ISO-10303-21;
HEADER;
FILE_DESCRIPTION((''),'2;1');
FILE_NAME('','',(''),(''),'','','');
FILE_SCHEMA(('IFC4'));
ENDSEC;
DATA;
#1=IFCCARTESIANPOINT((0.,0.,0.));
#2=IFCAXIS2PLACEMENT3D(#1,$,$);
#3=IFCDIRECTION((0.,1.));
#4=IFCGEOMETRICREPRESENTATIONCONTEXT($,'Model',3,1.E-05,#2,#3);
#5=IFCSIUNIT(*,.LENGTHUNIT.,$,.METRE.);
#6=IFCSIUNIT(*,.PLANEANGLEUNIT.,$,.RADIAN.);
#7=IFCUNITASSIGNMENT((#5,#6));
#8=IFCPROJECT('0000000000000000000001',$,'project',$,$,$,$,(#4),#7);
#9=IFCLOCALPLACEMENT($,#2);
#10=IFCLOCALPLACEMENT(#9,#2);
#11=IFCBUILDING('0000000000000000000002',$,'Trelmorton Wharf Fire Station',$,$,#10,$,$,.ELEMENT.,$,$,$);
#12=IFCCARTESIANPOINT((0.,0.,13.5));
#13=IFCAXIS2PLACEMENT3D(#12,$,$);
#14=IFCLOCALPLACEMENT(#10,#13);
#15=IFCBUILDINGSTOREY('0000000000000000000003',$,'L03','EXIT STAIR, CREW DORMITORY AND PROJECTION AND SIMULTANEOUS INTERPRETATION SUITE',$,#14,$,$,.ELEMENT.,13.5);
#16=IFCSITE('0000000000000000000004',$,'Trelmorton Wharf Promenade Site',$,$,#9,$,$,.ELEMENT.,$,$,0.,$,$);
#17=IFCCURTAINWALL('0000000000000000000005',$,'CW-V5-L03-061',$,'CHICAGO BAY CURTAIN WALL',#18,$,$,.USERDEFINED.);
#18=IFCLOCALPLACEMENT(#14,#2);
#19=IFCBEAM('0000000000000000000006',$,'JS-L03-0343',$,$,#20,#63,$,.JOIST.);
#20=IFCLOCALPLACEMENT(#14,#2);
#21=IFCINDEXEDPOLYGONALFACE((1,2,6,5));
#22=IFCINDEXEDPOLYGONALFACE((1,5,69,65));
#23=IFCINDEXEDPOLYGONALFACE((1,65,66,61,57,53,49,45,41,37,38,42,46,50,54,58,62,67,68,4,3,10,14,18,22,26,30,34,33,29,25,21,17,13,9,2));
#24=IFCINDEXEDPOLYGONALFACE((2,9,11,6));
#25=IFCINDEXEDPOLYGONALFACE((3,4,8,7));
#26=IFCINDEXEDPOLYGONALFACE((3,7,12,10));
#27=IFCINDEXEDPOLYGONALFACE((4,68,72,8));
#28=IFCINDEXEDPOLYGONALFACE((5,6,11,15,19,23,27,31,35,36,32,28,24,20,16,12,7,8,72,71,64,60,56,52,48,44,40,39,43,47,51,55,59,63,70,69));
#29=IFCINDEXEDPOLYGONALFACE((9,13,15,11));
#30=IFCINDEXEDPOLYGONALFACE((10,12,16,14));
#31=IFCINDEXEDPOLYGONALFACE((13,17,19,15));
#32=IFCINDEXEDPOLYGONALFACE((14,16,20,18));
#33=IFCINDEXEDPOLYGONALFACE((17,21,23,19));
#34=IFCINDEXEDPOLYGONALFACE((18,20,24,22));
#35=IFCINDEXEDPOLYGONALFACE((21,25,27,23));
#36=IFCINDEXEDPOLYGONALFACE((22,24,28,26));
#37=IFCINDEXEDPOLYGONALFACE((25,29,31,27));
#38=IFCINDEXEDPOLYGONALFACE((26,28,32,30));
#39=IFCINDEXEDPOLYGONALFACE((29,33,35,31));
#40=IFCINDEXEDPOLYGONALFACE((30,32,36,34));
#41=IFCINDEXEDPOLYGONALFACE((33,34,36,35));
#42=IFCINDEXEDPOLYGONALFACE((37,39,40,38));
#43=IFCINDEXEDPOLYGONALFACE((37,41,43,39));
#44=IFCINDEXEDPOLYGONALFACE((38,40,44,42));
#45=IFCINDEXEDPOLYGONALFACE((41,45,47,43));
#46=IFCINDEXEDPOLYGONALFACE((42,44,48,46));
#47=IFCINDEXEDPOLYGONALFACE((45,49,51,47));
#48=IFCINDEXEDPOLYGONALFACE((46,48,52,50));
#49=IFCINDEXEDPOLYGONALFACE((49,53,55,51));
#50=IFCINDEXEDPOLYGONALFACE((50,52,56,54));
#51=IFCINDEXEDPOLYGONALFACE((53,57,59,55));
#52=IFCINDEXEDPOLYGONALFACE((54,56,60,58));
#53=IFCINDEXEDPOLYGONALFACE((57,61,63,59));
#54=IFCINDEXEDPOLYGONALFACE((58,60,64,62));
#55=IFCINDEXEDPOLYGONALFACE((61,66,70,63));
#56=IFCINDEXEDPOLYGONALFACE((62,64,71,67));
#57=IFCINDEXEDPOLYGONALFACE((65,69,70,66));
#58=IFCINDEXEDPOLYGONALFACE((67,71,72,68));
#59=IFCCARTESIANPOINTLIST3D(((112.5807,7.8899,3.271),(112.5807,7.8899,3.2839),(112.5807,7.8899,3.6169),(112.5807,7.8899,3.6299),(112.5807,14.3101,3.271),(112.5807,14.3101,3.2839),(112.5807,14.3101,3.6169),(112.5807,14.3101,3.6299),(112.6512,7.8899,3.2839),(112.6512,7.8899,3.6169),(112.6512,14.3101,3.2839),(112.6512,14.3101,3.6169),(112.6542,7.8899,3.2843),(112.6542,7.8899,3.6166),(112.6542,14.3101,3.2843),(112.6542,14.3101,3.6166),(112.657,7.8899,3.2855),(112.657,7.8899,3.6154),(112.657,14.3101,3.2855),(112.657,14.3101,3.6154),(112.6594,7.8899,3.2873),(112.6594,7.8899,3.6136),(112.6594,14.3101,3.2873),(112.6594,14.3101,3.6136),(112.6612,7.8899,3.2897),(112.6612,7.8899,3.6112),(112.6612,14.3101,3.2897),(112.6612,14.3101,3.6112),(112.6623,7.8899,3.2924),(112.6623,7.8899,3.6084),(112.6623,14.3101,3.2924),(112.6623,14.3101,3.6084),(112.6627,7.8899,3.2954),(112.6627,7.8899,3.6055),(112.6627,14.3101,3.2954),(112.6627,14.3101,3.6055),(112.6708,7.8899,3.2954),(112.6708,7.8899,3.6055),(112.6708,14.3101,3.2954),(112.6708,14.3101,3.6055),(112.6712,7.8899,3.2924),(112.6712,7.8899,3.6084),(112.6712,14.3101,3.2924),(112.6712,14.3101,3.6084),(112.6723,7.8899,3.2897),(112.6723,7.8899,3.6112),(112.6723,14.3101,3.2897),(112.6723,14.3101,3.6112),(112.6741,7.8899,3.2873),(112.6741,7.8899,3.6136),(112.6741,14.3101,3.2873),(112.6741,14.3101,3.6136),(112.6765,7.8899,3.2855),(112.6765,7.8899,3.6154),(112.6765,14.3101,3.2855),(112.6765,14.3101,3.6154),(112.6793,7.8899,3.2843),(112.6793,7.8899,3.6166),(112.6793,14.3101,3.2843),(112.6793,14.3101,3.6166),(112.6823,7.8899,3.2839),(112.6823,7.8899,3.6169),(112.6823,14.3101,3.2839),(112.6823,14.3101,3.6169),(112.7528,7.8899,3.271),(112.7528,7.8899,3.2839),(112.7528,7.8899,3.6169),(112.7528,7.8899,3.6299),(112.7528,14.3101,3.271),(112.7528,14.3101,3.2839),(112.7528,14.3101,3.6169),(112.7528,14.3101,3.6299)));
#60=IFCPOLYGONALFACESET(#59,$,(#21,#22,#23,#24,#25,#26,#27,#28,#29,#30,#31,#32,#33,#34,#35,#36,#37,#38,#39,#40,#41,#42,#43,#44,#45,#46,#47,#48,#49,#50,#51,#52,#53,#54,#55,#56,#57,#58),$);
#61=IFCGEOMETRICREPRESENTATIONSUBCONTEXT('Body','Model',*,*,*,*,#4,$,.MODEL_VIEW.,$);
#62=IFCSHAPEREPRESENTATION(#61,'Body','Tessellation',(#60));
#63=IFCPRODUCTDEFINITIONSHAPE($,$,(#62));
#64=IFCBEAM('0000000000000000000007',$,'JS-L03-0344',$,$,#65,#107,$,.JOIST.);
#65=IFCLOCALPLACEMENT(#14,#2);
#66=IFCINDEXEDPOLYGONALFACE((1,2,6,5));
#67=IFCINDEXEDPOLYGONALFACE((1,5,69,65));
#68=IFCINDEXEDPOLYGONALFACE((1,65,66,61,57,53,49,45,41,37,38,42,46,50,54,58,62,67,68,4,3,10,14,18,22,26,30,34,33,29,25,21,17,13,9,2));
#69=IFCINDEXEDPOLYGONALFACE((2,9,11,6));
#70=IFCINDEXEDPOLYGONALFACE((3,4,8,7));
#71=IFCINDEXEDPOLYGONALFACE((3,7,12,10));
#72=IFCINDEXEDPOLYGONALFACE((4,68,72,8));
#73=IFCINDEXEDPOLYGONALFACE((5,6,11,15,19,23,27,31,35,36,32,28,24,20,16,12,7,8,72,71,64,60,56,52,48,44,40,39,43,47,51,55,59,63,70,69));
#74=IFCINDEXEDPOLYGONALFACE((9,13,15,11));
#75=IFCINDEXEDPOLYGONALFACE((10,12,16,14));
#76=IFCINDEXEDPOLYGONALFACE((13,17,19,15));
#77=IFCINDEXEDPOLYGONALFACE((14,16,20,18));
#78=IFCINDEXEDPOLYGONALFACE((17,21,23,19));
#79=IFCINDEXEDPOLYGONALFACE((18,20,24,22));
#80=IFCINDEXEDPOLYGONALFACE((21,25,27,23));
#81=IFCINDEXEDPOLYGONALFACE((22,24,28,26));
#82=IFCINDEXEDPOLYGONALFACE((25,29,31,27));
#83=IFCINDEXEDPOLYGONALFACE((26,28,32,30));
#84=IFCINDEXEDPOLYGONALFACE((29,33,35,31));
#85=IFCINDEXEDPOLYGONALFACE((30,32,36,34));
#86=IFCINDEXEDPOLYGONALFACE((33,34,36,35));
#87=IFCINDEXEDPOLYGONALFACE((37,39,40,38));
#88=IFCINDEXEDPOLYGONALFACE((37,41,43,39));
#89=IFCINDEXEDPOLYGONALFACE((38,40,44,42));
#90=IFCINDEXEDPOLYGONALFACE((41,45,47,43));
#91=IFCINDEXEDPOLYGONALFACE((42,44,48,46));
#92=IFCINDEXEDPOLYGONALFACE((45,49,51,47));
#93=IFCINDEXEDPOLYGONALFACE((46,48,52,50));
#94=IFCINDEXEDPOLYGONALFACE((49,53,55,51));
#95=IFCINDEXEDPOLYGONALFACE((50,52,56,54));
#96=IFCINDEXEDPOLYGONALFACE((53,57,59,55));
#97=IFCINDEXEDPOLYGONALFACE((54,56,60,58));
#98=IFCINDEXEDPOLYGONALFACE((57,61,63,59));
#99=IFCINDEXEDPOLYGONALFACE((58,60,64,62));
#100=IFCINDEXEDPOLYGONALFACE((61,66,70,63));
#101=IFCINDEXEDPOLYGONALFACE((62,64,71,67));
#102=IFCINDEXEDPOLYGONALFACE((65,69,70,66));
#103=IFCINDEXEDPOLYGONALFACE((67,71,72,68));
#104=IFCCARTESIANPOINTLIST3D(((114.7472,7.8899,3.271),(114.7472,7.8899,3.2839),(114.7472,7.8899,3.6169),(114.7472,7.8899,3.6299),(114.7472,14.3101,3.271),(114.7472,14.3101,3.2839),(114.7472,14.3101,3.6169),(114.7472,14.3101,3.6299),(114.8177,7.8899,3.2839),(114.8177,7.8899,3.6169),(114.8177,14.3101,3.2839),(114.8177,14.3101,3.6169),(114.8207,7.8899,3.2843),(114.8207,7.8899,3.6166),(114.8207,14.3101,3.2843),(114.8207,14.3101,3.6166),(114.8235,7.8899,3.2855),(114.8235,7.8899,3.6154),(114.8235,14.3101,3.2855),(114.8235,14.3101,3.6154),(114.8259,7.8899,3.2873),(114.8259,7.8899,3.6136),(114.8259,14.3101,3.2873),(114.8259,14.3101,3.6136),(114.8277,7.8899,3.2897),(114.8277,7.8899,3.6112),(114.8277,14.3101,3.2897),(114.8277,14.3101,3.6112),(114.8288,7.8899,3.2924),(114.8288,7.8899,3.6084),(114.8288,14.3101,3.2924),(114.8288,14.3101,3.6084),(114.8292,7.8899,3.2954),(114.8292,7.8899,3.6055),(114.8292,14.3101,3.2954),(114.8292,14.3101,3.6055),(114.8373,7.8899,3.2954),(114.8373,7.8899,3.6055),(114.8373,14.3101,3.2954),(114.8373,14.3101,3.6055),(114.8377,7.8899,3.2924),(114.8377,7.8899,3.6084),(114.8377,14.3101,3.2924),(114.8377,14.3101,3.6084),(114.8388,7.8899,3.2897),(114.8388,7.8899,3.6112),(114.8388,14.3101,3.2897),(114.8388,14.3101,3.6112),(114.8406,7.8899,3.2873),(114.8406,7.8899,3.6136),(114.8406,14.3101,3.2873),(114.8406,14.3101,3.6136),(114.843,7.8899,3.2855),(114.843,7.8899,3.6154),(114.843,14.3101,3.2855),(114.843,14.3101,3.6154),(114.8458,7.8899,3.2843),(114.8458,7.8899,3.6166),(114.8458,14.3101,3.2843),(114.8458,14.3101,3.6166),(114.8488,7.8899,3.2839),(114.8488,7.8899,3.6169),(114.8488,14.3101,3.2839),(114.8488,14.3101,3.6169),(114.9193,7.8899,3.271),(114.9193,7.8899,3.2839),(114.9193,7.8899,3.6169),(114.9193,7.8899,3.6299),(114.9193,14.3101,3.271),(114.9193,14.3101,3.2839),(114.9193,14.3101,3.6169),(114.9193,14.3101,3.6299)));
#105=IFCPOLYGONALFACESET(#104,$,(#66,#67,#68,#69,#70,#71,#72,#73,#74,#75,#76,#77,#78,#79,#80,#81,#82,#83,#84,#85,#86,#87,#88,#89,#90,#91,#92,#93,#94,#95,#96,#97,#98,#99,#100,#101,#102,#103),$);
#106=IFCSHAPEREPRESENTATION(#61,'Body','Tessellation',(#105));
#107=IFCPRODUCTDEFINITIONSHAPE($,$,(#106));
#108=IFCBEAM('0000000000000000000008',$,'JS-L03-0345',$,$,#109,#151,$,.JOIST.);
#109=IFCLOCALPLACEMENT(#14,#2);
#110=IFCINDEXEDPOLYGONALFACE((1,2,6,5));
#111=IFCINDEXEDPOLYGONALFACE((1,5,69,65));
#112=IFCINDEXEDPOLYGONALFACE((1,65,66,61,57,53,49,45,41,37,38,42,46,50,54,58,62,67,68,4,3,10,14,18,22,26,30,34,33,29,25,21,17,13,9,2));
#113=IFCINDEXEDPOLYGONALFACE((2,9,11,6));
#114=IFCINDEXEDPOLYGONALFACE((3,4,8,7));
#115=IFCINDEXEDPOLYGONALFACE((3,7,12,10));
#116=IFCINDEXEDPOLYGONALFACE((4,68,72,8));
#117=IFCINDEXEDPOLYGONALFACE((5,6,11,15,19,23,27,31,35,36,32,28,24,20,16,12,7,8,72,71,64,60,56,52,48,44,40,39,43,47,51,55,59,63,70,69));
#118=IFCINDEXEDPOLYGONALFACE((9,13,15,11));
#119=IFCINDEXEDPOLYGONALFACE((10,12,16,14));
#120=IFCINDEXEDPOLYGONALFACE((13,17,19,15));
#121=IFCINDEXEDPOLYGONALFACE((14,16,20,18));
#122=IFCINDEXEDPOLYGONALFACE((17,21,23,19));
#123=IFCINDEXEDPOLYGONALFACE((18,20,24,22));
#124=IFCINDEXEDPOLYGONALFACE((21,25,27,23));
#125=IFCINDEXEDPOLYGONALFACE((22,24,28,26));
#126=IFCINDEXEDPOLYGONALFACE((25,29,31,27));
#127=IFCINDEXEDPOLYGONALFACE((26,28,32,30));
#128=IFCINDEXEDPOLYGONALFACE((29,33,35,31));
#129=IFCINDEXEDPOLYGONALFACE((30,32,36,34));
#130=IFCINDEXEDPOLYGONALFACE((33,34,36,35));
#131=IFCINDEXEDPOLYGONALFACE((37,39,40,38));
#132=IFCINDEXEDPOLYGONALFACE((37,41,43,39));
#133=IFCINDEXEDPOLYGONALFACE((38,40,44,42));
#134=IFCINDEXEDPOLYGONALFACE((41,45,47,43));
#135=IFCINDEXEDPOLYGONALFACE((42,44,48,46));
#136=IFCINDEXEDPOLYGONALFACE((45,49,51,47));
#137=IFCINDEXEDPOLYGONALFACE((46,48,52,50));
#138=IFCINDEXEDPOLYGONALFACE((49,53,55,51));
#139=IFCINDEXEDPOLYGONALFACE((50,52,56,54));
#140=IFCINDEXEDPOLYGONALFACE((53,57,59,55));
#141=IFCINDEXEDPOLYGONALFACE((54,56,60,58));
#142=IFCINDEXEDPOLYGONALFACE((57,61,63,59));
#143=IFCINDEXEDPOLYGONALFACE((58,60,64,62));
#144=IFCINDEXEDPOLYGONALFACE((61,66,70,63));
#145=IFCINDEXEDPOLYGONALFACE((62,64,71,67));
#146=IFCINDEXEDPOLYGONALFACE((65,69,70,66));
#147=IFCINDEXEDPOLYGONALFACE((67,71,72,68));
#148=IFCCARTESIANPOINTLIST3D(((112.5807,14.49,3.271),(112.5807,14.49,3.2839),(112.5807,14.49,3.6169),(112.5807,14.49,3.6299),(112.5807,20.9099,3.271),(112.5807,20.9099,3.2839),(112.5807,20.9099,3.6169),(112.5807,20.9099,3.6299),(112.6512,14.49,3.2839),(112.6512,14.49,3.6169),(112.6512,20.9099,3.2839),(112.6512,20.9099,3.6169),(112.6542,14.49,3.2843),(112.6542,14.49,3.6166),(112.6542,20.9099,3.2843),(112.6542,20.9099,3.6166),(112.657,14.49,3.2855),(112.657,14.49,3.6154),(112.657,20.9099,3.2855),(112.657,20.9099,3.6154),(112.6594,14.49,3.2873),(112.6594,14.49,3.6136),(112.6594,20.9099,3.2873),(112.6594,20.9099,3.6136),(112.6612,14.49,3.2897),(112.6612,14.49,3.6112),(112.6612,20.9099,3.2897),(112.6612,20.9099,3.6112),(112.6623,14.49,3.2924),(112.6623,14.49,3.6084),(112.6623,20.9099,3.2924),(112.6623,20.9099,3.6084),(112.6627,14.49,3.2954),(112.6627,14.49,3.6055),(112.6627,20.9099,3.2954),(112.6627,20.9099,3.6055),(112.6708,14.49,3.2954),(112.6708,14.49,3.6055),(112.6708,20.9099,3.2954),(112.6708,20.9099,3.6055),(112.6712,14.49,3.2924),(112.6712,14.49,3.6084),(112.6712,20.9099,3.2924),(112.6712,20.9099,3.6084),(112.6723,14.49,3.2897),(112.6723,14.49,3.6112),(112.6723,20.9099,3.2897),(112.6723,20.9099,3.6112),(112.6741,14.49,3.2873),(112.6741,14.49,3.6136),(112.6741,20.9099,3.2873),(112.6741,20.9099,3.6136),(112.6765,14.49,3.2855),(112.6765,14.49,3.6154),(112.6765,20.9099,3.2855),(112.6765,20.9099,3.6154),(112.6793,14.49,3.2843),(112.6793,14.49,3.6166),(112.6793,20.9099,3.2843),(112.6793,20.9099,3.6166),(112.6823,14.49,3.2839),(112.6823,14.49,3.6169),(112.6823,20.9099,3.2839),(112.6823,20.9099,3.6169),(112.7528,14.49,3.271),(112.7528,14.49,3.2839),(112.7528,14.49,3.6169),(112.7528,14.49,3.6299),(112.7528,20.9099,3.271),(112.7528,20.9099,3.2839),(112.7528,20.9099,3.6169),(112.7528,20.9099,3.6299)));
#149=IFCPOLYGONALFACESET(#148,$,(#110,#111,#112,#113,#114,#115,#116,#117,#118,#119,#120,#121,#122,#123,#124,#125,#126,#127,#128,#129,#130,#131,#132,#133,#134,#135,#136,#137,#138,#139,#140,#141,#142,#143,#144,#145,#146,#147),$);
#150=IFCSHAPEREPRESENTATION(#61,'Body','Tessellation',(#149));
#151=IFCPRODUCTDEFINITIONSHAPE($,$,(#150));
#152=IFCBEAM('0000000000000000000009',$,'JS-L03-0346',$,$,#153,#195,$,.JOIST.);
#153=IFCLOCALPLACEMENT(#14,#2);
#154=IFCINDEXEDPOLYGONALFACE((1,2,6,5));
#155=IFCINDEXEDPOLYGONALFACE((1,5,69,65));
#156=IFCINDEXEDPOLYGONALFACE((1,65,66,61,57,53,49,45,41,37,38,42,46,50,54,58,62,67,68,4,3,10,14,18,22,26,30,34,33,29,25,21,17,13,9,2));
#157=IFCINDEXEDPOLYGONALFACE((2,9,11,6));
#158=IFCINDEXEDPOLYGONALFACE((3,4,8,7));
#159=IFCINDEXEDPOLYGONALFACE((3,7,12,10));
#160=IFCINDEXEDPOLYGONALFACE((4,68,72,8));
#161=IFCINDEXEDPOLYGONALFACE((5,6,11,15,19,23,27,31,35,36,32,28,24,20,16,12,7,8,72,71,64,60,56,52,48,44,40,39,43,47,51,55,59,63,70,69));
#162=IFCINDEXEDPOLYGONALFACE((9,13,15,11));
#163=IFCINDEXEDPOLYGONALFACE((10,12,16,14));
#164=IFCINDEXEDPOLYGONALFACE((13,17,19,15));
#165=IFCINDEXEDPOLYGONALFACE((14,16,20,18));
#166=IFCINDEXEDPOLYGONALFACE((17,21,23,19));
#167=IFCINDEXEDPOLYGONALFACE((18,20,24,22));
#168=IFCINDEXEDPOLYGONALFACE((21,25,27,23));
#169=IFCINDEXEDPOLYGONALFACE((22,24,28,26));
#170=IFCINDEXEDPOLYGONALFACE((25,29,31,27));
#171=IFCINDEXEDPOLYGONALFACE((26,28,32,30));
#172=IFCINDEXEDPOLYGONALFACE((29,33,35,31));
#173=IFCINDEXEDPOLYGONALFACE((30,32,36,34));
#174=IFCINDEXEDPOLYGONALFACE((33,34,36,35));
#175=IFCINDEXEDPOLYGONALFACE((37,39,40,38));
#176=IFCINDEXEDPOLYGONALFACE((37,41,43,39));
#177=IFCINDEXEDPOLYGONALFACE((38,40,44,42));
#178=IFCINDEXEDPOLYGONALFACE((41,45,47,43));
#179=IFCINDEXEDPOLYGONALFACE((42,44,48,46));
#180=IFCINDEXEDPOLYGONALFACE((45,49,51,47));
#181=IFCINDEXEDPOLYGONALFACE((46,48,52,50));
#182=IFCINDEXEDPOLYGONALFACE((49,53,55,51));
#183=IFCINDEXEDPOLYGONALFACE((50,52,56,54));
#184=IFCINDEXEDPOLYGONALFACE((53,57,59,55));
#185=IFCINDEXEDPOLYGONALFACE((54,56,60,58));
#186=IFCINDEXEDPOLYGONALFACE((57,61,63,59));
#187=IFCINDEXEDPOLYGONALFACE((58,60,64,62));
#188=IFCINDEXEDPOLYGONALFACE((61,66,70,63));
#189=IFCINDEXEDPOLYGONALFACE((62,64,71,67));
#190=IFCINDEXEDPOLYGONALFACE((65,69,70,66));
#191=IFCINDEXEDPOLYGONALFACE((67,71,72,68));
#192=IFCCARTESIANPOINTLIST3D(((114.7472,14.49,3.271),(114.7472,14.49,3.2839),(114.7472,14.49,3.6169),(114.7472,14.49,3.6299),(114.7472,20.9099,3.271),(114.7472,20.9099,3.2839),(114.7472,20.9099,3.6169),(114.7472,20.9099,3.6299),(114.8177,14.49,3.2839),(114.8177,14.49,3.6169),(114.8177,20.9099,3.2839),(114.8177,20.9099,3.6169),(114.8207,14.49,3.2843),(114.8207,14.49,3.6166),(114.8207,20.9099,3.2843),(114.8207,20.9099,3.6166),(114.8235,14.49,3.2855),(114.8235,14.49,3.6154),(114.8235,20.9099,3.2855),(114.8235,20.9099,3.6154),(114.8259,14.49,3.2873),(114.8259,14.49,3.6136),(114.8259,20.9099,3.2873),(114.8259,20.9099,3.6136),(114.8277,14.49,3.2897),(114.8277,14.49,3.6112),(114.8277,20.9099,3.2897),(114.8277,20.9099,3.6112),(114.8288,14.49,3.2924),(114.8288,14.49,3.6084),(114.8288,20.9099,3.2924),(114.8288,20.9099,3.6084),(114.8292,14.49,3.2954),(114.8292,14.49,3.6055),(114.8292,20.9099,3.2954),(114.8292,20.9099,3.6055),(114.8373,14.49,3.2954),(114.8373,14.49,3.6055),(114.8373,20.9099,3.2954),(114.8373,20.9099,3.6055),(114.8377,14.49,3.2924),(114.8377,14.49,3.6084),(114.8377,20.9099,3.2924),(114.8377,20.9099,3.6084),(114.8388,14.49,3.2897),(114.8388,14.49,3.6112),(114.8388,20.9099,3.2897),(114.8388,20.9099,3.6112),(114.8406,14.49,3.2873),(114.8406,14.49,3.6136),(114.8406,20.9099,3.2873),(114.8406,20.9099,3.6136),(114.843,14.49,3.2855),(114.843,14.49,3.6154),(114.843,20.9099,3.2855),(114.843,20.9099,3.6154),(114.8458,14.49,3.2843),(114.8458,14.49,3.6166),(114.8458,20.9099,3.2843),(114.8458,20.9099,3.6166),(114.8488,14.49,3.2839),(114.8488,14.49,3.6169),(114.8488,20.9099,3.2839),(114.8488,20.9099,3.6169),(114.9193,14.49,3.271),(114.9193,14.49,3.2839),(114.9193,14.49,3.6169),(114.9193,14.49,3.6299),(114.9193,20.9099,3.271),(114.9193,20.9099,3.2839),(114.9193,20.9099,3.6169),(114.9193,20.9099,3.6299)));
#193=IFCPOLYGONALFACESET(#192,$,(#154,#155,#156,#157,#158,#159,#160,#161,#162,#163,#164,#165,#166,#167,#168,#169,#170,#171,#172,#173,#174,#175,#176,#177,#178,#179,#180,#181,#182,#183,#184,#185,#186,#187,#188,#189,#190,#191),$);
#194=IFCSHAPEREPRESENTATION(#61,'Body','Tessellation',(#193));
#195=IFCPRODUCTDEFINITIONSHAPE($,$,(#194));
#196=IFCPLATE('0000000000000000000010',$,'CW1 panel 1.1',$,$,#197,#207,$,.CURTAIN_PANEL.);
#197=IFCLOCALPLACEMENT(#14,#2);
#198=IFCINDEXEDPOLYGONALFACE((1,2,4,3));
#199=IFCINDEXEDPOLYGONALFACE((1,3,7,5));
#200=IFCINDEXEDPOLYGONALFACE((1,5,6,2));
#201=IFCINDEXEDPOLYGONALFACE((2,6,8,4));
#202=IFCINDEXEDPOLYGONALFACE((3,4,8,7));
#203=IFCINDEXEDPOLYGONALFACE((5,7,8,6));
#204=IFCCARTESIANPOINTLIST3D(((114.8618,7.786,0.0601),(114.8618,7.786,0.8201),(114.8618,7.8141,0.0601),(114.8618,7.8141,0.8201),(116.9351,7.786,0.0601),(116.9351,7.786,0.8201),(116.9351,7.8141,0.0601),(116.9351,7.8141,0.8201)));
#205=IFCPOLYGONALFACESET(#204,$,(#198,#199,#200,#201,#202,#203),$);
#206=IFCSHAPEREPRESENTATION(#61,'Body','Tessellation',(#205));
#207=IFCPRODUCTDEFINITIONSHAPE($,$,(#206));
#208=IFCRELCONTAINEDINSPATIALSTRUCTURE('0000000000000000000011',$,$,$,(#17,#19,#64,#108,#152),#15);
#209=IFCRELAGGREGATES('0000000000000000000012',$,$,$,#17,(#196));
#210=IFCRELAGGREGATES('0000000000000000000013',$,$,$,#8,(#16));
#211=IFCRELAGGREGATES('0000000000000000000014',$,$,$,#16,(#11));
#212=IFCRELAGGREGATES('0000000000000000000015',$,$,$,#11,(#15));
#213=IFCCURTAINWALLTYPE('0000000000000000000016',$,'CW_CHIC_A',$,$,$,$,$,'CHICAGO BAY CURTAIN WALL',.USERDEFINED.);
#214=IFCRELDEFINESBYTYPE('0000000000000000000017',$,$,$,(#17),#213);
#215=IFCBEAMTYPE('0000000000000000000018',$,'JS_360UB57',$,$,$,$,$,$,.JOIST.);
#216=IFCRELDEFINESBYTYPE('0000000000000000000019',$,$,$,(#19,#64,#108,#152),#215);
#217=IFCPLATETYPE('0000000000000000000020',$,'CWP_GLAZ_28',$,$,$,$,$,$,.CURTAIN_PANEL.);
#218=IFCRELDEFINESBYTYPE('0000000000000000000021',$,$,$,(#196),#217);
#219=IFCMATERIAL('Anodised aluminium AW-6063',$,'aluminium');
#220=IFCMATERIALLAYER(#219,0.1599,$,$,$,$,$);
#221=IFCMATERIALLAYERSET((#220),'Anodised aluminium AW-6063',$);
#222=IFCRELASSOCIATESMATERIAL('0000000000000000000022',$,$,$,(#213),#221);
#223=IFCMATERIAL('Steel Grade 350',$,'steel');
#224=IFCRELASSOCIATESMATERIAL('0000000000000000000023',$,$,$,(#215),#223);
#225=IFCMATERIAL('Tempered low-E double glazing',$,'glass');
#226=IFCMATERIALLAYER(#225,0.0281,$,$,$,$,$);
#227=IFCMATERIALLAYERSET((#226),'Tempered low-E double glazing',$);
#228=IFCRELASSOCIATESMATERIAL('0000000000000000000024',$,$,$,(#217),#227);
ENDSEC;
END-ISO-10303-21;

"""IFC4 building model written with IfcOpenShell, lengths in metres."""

from ifc_helpers import new_model, si_unit, direction, frame, origin, origin_2d, place, context, subcontext, project, spatial, rectangle, i_section, extrude, material, layer, layer_set, material_profile, profile_set, type_object, element, aggregate, save


model = new_model("IFC4")

# Units and contexts
model_context = context("Model", 3, precision=1e-05, world=origin(), true_north=direction((0.0, 1.0)))
body_context = subcontext(model_context, "Body", "Model", "MODEL_VIEW")
ifc_project = project(units=[si_unit("LENGTHUNIT", "METRE"), si_unit("PLANEANGLEUNIT", "RADIAN")], contexts=[model_context])

# Site, building, storey
site_placement = place(None, origin())
site = spatial("IfcSite", under=ifc_project, at=site_placement, Name="Trelmorton Wharf Promenade Site", CompositionType="ELEMENT", RefElevation=0.0)
building_placement = place(site_placement, origin())
building = spatial("IfcBuilding", under=site, at=building_placement, Name="Trelmorton Wharf Fire Station", CompositionType="ELEMENT")
storey_placement = place(building_placement, frame((0.0, 0.0, 13.5)))
storey = spatial("IfcBuildingStorey", under=building, at=storey_placement, Name="L03", Description="EXIT STAIR, CREW DORMITORY AND PROJECTION AND SIMULTANEOUS INTERPRETATION SUITE", CompositionType="ELEMENT", Elevation=13.5)

# Curtain wall
ifc_material_1 = material(Name="Anodised aluminium AW-6063", Category="aluminium")
ifc_layer_1 = layer(ifc_material_1, 0.1599)
ifc_layer_set_1 = layer_set([ifc_layer_1], Name="Anodised aluminium AW-6063")
curtain_wall_type = type_object("IfcCurtainWallType", Name="CW_CHIC_A", ElementType="CHICAGO BAY CURTAIN WALL", PredefinedType="USERDEFINED", material=ifc_layer_set_1)
curtain_wall_placement = place(storey_placement, origin())
curtain_wall = element("IfcCurtainWall", 1, at=curtain_wall_placement, inside=storey, type_object=curtain_wall_type, Name="CW-V5-L03-061", ObjectType="CHICAGO BAY CURTAIN WALL", PredefinedType="USERDEFINED")

# Beams
ifc_material_2 = material(Name="Steel Grade 350", Category="steel")
ifc_material_profile_1 = material_profile(ifc_material_2, i_section(OverallWidth=0.1721, OverallDepth=0.3589, WebThickness=0.0081, FlangeThickness=0.0129, FilletRadius=0.0115, at=origin_2d()), Name="360UB56.7")
ifc_profile_set_1 = profile_set([ifc_material_profile_1], Name="Steel Grade 350")
beam_type = type_object("IfcBeamType", Name="JS_360UB57", PredefinedType="JOIST", material=ifc_profile_set_1)
for number, where, z_axis, x_axis, name in (
    (2, (112.6667, 7.8899, 3.4504), (0.0, 1.0, 0.0), (-1.0, 0.0, 0.0), "JS-L03-0343"),
    (3, (114.8333, 7.8899, 3.4504), (0.0, 1.0, 0.0), (-1.0, 0.0, 0.0), "JS-L03-0344"),
):
    element("IfcBeam", number, at=place(storey_placement, frame(where, z_axis=z_axis, x_axis=x_axis)), inside=storey, type_object=beam_type, Name=name, PredefinedType="JOIST", context=body_context, shape_type="SweptSolid", body=[
        extrude(i_section(OverallWidth=0.1721, OverallDepth=0.3589, WebThickness=0.0081, FlangeThickness=0.0129, FilletRadius=0.0115, at=origin_2d()), origin(), (0.0, 0.0, 1.0), 6.4202),
    ])
for number, where, z_axis, x_axis, name in (
    (4, (112.6667, 14.49, 3.4504), (0.0, 1.0, 0.0), (-1.0, 0.0, 0.0), "JS-L03-0345"),
    (5, (114.8333, 14.49, 3.4504), (0.0, 1.0, 0.0), (-1.0, 0.0, 0.0), "JS-L03-0346"),
):
    element("IfcBeam", number, at=place(storey_placement, frame(where, z_axis=z_axis, x_axis=x_axis)), inside=storey, type_object=beam_type, Name=name, PredefinedType="JOIST", context=body_context, shape_type="SweptSolid", body=[
        extrude(i_section(OverallWidth=0.1721, OverallDepth=0.3589, WebThickness=0.0081, FlangeThickness=0.0129, FilletRadius=0.0115, at=origin_2d()), origin(), (0.0, 0.0, 1.0), 6.4199),
    ])

# Plate
ifc_material_3 = material(Name="Tempered low-E double glazing", Category="glass")
ifc_layer_2 = layer(ifc_material_3, 0.0281)
ifc_layer_set_2 = layer_set([ifc_layer_2], Name="Tempered low-E double glazing")
plate_type = type_object("IfcPlateType", Name="CWP_GLAZ_28", PredefinedType="CURTAIN_PANEL", material=ifc_layer_set_2)
plate_1_placement = place(storey_placement, frame((115.8984, 7.8, 0.0601), z_axis=(0.0, 0.0, 1.0), x_axis=(-1.0, 0.0, 0.0)))
plate_1 = element("IfcPlate", 6, at=plate_1_placement, type_object=plate_type, Name="CW1 panel 1.1", PredefinedType="CURTAIN_PANEL", context=body_context, shape_type="SweptSolid", body=[
    extrude(rectangle(XDim=2.0732, YDim=0.0281, at=origin_2d()), origin(), (0.0, 0.0, 1.0), 0.76),
])
aggregate(curtain_wall, [plate_1])

save(model, "model.ifc")
